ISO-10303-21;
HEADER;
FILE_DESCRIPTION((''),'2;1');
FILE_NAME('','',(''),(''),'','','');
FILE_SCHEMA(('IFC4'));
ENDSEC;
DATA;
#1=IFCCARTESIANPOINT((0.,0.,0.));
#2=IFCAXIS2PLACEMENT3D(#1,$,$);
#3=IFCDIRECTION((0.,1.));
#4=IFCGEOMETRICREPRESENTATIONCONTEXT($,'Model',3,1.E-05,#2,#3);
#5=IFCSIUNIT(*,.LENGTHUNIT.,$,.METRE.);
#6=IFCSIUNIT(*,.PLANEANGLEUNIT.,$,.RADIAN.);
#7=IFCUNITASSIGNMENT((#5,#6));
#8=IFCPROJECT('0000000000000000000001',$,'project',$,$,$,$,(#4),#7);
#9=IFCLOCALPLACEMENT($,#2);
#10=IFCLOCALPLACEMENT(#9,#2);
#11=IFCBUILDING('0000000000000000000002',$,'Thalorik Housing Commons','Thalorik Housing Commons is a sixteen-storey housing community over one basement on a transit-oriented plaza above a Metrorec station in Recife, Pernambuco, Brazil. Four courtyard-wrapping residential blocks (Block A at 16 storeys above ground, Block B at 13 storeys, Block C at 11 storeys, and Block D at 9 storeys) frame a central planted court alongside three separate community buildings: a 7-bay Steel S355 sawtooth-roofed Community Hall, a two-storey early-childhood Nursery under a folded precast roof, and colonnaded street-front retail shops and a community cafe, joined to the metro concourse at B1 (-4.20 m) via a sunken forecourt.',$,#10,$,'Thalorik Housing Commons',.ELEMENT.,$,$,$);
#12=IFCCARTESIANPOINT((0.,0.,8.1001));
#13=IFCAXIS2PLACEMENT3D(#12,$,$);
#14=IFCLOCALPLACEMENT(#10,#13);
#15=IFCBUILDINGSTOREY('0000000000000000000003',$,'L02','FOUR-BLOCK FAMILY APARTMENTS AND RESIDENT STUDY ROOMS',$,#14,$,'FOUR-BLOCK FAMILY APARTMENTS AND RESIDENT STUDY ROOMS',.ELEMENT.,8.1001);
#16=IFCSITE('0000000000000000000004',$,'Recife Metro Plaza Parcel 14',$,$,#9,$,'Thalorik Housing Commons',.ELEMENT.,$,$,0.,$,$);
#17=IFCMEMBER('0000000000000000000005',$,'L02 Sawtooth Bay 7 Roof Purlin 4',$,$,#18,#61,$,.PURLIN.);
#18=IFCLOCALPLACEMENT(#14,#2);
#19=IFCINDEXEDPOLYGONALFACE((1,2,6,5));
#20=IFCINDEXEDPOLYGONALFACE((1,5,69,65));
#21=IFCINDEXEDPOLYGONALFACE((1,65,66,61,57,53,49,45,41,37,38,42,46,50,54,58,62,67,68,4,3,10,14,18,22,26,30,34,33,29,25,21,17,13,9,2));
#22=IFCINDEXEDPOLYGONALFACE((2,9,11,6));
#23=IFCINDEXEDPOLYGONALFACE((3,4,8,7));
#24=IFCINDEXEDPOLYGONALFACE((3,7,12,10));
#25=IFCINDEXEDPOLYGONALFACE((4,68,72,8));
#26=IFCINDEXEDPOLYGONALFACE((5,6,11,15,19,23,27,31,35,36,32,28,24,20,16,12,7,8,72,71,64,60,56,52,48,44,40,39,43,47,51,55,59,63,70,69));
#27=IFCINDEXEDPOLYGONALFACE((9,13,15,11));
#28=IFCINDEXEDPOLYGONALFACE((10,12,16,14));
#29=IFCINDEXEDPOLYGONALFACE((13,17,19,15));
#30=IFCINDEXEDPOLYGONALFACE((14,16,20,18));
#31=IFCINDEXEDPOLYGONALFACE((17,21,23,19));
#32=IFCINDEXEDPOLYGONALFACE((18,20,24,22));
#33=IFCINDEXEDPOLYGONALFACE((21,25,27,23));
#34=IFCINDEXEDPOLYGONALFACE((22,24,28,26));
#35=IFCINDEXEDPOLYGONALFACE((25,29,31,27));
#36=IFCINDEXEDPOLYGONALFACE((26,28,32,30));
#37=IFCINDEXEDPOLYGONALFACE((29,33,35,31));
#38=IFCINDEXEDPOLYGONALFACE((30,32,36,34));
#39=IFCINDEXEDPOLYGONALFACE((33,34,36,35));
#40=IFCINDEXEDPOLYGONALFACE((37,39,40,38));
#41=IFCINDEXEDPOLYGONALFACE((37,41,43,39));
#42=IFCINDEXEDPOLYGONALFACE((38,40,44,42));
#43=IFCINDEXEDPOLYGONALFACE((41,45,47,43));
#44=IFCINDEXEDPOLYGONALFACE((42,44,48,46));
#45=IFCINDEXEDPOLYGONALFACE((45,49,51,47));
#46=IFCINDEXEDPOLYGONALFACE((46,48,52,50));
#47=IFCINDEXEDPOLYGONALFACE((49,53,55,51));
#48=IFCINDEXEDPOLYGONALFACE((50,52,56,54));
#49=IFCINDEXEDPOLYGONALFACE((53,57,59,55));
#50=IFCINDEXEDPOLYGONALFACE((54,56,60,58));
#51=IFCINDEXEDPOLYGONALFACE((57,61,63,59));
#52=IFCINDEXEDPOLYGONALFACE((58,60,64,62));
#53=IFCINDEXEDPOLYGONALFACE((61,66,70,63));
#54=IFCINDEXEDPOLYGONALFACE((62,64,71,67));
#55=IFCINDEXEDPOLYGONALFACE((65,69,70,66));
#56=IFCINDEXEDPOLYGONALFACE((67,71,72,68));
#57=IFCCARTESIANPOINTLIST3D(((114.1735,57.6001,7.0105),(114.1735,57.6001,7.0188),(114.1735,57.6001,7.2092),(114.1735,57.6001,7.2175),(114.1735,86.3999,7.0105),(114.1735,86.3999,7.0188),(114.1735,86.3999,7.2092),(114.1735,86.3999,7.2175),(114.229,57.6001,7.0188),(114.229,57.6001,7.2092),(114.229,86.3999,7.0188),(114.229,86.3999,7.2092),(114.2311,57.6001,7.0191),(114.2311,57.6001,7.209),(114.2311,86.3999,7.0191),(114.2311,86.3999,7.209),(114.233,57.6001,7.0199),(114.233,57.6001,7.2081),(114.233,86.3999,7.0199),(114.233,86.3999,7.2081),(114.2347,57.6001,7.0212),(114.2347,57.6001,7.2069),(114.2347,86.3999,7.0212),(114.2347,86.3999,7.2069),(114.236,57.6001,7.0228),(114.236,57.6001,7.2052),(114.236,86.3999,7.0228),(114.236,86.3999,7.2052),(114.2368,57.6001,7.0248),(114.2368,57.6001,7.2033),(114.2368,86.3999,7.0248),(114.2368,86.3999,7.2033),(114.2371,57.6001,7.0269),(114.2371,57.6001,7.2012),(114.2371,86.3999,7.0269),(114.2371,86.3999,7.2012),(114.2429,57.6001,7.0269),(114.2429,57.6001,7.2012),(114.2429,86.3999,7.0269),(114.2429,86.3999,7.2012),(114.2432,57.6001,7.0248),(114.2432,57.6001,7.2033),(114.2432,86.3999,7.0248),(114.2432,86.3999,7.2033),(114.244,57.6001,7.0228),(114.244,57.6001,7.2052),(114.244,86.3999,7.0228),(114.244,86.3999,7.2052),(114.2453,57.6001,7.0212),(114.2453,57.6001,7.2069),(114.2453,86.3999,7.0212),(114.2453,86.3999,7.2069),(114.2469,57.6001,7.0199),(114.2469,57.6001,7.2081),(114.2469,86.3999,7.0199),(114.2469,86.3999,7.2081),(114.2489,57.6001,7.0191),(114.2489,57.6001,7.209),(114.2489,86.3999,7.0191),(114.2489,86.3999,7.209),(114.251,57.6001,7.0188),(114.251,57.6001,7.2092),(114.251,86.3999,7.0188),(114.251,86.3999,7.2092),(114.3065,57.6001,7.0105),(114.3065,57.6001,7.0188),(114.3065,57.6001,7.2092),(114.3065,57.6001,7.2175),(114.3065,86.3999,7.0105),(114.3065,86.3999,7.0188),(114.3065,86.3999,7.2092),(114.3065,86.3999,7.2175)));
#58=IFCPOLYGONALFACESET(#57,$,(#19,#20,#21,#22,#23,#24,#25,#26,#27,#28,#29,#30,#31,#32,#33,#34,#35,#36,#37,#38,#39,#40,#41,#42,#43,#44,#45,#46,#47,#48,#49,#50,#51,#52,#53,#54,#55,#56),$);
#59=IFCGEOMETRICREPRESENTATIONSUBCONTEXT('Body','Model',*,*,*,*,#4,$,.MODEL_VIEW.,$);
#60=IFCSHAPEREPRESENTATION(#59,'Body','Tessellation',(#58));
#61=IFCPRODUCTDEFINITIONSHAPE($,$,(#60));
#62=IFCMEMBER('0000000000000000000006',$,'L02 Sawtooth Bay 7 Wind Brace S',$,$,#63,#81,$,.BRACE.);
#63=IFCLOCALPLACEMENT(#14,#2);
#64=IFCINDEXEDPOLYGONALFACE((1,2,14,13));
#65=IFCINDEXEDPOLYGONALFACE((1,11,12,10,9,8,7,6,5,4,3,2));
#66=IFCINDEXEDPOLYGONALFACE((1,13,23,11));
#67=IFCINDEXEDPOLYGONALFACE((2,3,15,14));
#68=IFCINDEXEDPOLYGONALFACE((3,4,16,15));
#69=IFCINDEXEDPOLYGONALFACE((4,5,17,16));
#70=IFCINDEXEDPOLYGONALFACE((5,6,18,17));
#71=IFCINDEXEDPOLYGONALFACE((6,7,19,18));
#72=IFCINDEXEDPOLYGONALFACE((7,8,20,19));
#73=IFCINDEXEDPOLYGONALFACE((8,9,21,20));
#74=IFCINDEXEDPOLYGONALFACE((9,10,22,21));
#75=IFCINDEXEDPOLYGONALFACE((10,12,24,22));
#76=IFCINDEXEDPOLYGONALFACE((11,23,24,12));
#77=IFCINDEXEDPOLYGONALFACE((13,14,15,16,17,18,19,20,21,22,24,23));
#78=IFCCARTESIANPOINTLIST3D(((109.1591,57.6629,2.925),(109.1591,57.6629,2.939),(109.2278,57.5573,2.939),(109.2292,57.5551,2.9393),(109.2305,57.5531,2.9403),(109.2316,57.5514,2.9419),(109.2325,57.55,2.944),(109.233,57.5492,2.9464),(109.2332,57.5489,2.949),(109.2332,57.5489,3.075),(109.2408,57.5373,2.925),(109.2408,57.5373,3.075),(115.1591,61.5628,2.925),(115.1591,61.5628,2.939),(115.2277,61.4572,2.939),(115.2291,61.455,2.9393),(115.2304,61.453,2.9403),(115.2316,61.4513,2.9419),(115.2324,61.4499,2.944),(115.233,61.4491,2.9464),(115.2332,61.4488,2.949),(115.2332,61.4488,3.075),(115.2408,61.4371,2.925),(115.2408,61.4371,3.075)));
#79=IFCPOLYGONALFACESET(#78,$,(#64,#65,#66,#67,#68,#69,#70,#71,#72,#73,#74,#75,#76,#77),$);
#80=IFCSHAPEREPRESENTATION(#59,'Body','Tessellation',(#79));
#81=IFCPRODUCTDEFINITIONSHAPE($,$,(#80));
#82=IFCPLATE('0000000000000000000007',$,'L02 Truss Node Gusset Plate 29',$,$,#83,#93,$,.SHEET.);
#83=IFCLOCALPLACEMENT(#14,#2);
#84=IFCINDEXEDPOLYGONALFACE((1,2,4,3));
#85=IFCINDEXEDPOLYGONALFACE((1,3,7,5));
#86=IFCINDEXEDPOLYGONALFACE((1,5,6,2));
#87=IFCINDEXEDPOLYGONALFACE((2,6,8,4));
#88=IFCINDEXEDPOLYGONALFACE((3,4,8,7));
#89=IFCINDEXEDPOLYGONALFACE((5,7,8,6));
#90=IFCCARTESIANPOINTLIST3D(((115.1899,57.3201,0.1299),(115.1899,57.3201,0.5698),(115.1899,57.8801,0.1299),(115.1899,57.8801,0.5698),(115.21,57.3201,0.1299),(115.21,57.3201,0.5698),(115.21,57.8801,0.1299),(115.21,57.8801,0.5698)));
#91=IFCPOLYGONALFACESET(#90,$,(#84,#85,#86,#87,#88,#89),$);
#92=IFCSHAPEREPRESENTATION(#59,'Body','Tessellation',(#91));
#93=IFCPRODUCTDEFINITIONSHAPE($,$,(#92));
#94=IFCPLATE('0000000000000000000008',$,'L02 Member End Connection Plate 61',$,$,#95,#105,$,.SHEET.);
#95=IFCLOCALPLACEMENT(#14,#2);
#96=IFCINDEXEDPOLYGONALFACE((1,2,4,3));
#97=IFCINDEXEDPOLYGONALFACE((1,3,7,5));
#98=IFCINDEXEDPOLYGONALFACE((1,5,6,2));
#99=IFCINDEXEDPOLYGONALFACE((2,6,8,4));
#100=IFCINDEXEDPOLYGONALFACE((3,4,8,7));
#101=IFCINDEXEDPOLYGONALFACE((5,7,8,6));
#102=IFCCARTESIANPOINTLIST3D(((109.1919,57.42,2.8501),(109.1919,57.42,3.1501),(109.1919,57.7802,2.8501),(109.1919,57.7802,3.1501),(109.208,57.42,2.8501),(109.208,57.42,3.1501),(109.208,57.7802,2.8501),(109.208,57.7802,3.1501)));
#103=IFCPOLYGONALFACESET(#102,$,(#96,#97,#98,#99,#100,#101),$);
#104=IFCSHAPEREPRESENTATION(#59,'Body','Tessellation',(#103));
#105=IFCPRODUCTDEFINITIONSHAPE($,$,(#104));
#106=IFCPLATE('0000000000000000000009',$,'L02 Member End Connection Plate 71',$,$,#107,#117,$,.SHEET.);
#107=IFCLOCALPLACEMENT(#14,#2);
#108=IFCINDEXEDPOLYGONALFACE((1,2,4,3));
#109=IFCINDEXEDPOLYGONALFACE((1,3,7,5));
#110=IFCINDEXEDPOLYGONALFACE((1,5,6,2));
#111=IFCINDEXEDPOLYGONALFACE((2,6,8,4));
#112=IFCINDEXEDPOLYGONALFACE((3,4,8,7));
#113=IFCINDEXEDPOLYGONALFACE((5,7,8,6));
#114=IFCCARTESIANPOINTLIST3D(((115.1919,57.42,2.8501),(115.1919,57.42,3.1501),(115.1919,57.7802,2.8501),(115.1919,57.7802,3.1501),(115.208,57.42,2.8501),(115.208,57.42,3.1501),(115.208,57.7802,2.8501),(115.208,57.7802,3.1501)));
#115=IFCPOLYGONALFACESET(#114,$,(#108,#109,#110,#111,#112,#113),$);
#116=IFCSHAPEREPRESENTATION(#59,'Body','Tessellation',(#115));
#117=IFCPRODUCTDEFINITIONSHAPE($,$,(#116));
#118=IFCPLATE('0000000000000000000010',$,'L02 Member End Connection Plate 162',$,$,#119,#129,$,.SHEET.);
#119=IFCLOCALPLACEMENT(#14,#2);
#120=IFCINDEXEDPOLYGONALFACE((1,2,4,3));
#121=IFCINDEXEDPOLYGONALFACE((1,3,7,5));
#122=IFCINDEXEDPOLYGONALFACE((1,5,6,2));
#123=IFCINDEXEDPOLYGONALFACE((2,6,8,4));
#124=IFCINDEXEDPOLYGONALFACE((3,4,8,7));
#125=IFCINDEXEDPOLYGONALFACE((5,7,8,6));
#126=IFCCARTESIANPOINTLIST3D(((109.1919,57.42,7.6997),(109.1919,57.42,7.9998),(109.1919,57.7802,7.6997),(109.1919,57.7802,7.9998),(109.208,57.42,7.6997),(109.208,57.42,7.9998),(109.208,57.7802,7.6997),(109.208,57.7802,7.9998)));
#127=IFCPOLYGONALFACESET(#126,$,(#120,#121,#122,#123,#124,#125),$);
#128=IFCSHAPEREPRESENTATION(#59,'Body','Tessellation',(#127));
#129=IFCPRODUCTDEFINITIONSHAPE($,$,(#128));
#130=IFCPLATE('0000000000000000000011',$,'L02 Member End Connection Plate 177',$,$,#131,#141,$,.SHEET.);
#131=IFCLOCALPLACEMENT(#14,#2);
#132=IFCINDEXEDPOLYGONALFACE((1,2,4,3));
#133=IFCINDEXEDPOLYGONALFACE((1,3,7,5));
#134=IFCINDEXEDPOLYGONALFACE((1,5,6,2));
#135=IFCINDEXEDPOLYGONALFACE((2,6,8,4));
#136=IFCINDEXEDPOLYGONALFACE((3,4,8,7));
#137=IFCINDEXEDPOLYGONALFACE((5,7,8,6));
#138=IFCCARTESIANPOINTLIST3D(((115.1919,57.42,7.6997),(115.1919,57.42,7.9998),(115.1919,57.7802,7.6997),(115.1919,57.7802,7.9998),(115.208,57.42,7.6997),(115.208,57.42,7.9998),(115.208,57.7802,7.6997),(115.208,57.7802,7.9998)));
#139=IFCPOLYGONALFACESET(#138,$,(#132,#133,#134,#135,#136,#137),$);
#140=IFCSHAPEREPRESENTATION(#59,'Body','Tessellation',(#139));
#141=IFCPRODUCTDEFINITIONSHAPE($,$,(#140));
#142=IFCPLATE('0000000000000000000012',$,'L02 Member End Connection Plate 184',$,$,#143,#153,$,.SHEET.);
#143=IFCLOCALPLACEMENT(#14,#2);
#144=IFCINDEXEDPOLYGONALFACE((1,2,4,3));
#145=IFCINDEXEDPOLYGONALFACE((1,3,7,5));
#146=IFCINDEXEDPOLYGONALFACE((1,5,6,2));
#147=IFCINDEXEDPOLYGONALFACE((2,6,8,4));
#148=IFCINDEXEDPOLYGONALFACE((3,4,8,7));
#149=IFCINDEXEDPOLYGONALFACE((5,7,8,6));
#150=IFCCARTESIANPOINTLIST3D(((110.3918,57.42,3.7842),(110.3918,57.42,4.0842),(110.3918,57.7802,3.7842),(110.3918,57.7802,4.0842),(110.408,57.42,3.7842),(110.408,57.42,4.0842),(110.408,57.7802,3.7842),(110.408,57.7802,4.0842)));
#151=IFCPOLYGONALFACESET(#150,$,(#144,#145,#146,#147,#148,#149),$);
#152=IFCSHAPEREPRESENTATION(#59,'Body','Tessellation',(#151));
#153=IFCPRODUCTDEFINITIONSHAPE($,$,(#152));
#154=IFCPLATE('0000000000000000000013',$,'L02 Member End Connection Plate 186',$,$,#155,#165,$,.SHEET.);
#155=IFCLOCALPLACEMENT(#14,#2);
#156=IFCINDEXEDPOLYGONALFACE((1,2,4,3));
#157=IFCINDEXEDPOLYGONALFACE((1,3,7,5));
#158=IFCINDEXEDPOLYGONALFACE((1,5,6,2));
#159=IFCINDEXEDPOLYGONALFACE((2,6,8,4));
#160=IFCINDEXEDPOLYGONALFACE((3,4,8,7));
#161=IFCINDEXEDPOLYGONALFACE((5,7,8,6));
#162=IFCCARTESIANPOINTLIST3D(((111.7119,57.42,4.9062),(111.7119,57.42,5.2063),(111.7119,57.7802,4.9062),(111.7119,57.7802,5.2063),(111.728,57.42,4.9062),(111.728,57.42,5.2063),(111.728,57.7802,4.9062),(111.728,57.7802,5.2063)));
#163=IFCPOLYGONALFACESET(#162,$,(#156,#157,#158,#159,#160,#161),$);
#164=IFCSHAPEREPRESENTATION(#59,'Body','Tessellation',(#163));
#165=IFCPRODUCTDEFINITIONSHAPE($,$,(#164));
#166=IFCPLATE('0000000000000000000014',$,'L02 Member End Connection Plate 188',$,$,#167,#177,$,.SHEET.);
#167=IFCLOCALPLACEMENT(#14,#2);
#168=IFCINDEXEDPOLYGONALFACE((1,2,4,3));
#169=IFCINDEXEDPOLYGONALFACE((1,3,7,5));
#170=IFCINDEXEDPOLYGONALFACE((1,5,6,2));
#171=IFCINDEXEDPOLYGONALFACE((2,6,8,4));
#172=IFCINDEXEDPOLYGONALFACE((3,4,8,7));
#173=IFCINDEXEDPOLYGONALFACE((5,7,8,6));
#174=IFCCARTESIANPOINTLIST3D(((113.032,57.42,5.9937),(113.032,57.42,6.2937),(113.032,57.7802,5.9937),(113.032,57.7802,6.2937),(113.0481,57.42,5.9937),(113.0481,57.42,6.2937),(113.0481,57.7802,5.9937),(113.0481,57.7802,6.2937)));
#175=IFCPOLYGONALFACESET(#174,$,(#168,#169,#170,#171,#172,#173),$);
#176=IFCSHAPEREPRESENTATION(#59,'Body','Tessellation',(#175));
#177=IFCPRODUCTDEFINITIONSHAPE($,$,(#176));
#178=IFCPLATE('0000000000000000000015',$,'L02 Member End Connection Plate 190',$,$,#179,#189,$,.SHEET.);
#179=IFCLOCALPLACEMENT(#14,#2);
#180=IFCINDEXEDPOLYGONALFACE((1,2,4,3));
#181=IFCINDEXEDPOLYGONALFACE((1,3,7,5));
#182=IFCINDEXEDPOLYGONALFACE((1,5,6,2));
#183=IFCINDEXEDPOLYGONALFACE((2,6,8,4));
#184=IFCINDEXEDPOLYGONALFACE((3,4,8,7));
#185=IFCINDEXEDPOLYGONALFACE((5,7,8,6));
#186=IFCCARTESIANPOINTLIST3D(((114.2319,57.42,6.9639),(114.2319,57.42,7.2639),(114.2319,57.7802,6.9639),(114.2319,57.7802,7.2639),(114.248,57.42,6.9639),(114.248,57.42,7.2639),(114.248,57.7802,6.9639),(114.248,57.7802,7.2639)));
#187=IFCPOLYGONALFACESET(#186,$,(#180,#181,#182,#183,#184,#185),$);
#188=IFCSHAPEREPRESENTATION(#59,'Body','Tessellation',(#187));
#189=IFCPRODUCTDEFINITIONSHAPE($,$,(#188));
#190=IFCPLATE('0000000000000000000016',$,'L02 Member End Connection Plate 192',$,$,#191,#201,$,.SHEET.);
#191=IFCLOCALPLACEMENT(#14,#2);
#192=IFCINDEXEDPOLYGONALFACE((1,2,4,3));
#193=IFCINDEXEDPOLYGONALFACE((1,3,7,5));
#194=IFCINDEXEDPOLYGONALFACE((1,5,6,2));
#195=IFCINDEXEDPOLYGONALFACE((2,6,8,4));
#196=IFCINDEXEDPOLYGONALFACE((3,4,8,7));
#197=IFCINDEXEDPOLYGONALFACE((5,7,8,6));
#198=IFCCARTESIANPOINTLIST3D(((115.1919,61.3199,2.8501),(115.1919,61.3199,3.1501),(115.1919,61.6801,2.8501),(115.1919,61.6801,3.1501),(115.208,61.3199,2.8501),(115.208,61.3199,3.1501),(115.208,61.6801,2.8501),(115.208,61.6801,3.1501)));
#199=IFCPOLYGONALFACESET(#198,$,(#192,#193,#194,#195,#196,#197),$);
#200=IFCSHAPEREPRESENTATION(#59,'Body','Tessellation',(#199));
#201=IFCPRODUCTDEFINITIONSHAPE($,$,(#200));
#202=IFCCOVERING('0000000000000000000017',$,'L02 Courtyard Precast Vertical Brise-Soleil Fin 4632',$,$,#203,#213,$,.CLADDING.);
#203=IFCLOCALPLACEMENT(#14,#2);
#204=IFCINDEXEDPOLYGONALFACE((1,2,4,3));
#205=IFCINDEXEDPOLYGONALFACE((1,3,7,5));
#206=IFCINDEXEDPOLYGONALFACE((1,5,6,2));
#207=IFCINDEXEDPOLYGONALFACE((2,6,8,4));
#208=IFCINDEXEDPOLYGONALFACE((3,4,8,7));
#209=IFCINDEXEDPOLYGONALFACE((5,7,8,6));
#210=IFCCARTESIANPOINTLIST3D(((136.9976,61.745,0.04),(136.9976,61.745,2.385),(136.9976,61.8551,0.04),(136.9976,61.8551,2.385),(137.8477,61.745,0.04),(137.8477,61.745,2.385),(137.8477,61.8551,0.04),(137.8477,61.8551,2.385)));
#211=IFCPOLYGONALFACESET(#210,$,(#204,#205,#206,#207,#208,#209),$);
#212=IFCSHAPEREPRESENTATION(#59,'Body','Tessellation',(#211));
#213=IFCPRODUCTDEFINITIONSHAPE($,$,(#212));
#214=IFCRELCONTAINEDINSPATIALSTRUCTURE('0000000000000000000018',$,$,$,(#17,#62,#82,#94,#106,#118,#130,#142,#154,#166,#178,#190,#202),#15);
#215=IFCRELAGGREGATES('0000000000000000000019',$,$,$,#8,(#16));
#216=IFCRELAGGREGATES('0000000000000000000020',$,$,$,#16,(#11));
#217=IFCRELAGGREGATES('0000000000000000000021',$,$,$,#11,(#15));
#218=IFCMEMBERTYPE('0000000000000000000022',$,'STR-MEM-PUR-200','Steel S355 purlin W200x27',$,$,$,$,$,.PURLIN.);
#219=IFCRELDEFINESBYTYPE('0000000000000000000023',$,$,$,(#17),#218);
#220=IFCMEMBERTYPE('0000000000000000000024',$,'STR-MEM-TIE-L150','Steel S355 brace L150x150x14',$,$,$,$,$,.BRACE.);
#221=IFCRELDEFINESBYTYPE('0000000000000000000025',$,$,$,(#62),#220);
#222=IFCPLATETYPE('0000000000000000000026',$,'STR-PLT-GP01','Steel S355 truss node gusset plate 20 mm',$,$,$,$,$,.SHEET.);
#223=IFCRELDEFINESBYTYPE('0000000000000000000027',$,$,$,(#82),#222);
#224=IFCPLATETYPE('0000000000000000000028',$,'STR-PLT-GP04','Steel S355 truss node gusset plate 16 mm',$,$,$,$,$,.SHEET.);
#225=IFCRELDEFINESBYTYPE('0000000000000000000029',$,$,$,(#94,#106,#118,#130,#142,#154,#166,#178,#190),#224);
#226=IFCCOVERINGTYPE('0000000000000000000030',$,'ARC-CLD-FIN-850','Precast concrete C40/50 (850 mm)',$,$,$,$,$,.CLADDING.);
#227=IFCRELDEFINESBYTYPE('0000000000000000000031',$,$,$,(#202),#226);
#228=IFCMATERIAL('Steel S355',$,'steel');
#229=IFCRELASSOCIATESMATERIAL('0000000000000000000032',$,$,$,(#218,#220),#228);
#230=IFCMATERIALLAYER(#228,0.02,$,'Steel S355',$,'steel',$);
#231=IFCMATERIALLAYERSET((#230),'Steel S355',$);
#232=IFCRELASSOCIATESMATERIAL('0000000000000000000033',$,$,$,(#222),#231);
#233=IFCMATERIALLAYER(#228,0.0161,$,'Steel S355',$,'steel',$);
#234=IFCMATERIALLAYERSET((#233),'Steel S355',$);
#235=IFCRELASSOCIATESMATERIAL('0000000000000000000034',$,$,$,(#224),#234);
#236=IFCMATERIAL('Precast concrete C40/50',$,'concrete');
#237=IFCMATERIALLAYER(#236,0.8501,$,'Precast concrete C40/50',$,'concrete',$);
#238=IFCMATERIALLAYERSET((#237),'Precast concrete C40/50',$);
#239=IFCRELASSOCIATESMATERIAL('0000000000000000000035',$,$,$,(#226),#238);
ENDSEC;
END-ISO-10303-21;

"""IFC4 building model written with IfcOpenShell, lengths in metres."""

from ifc_helpers import new_model, si_unit, direction, frame, origin, origin_2d, place, context, subcontext, project, spatial, rectangle, i_section, l_section, extrude, material, layer, layer_set, material_profile, profile_set, type_object, element, save


model = new_model("IFC4")

# Units and contexts
model_context = context("Model", 3, precision=1e-05, world=origin(), true_north=direction((0.0, 1.0)))
body_context = subcontext(model_context, "Body", "Model", "MODEL_VIEW")
ifc_project = project(units=[si_unit("LENGTHUNIT", "METRE"), si_unit("PLANEANGLEUNIT", "RADIAN")], contexts=[model_context])

# Site, building, storey
site_placement = place(None, origin())
site = spatial("IfcSite", under=ifc_project, at=site_placement, Name="Recife Metro Plaza Parcel 14", LongName="Thalorik Housing Commons", CompositionType="ELEMENT", RefElevation=0.0)
building_placement = place(site_placement, origin())
building = spatial("IfcBuilding", under=site, at=building_placement, Name="Thalorik Housing Commons", Description="Thalorik Housing Commons is a sixteen-storey housing community over one basement on a transit-oriented plaza above a Metrorec station in Recife, Pernambuco, Brazil. Four courtyard-wrapping residential blocks (Block A at 16 storeys above ground, Block B at 13 storeys, Block C at 11 storeys, and Block D at 9 storeys) frame a central planted court alongside three separate community buildings: a 7-bay Steel S355 sawtooth-roofed Community Hall, a two-storey early-childhood Nursery under a folded precast roof, and colonnaded street-front retail shops and a community cafe, joined to the metro concourse at B1 (-4.20 m) via a sunken forecourt.", LongName="Thalorik Housing Commons", CompositionType="ELEMENT")
storey_placement = place(building_placement, frame((0.0, 0.0, 8.1001)))
storey = spatial("IfcBuildingStorey", under=building, at=storey_placement, Name="L02", Description="FOUR-BLOCK FAMILY APARTMENTS AND RESIDENT STUDY ROOMS", LongName="FOUR-BLOCK FAMILY APARTMENTS AND RESIDENT STUDY ROOMS", CompositionType="ELEMENT", Elevation=8.1001)

# Shared definitions
ifc_material_1 = material(Name="Steel S355", Category="steel")

# Members
ifc_material_profile_1 = material_profile(ifc_material_1, i_section(OverallWidth=0.1331, OverallDepth=0.207, WebThickness=0.0059, FlangeThickness=0.0083, FilletRadius=0.0081, at=origin_2d()), Name="W200x27", Category="steel")
ifc_profile_set_1 = profile_set([ifc_material_profile_1], Name="Steel S355")
member_type_1 = type_object("IfcMemberType", Name="STR-MEM-PUR-200", Description="Steel S355 purlin W200x27", PredefinedType="PURLIN", material=ifc_profile_set_1)
for number, where, z_axis, x_axis, name in (
    (1, (114.24, 57.6001, 7.114), (0.0, 1.0, 0.0), (-1.0, 0.0, 0.0), "L02 Sawtooth Bay 7 Roof Purlin 4"),
):
    element("IfcMember", number, at=place(storey_placement, frame(where, z_axis=z_axis, x_axis=x_axis)), inside=storey, type_object=member_type_1, Name=name, PredefinedType="PURLIN", context=body_context, shape_type="SweptSolid", body=[
        extrude(i_section(OverallWidth=0.1331, OverallDepth=0.207, WebThickness=0.0059, FlangeThickness=0.0083, FilletRadius=0.0081, at=origin_2d()), origin(), (0.0, 0.0, 1.0), 28.7998),
    ])
ifc_material_profile_2 = material_profile(ifc_material_1, l_section(Depth=0.1499, Width=0.1499, Thickness=0.0139, FilletRadius=0.01, at=origin_2d()), Name="L150x150x14", Category="steel")
ifc_profile_set_2 = profile_set([ifc_material_profile_2], Name="Steel S355")
member_type_2 = type_object("IfcMemberType", Name="STR-MEM-TIE-L150", Description="Steel S355 brace L150x150x14", PredefinedType="BRACE", material=ifc_profile_set_2)
member_1_placement = place(storey_placement, frame((109.2, 57.6001, 3.0), z_axis=(0.83845, 0.544979, 0.0), x_axis=(-0.544979, 0.83845, 0.0)))
element("IfcMember", 2, at=member_1_placement, inside=storey, type_object=member_type_2, Name="L02 Sawtooth Bay 7 Wind Brace S", PredefinedType="BRACE", context=body_context, shape_type="SweptSolid", body=[
    extrude(l_section(Depth=0.1499, Width=0.1499, Thickness=0.0139, FilletRadius=0.01, at=origin_2d()), origin(), (0.0, 0.0, 1.0), 7.156),
])

# Plates
ifc_layer_1 = layer(ifc_material_1, 0.02, Name="Steel S355", Category="steel")
ifc_layer_set_1 = layer_set([ifc_layer_1], Name="Steel S355")
plate_type_1 = type_object("IfcPlateType", Name="STR-PLT-GP01", Description="Steel S355 truss node gusset plate 20 mm", PredefinedType="SHEET", material=ifc_layer_set_1)
plate_placement = place(storey_placement, frame((115.2, 57.6001, 0.1299), z_axis=(0.0, 0.0, 1.0), x_axis=(1.0, 0.0, 0.0)))
element("IfcPlate", 3, at=plate_placement, inside=storey, type_object=plate_type_1, Name="L02 Truss Node Gusset Plate 29", PredefinedType="SHEET", context=body_context, shape_type="SweptSolid", body=[
    extrude(rectangle(XDim=0.02, YDim=0.5601, at=origin_2d()), origin(), (0.0, 0.0, 1.0), 0.4399),
])
ifc_layer_2 = layer(ifc_material_1, 0.0161, Name="Steel S355", Category="steel")
ifc_layer_set_2 = layer_set([ifc_layer_2], Name="Steel S355")
plate_type_2 = type_object("IfcPlateType", Name="STR-PLT-GP04", Description="Steel S355 truss node gusset plate 16 mm", PredefinedType="SHEET", material=ifc_layer_set_2)
for number, where, z_axis, x_axis, name in (
    (4, (109.2, 57.6001, 2.8501), (0.0, 0.0, 1.0), (1.0, 0.0, 0.0), "L02 Member End Connection Plate 61"),
    (5, (115.2, 57.6001, 2.8501), (0.0, 0.0, 1.0), (1.0, 0.0, 0.0), "L02 Member End Connection Plate 71"),
    (6, (109.2, 57.6001, 7.6997), (0.0, 0.0, 1.0), (1.0, 0.0, 0.0), "L02 Member End Connection Plate 162"),
    (7, (115.2, 57.6001, 7.6997), (0.0, 0.0, 1.0), (1.0, 0.0, 0.0), "L02 Member End Connection Plate 177"),
    (8, (110.3999, 57.6001, 3.7842), (0.0, 0.0, 1.0), (1.0, 0.0, 0.0), "L02 Member End Connection Plate 184"),
    (9, (111.72, 57.6001, 4.9062), (0.0, 0.0, 1.0), (1.0, 0.0, 0.0), "L02 Member End Connection Plate 186"),
    (10, (113.04, 57.6001, 5.9937), (0.0, 0.0, 1.0), (1.0, 0.0, 0.0), "L02 Member End Connection Plate 188"),
    (11, (114.24, 57.6001, 6.9639), (0.0, 0.0, 1.0), (1.0, 0.0, 0.0), "L02 Member End Connection Plate 190"),
    (12, (115.2, 61.5, 2.8501), (0.0, 0.0, 1.0), (1.0, 0.0, 0.0), "L02 Member End Connection Plate 192"),
):
    element("IfcPlate", number, at=place(storey_placement, frame(where, z_axis=z_axis, x_axis=x_axis)), inside=storey, type_object=plate_type_2, Name=name, PredefinedType="SHEET", context=body_context, shape_type="SweptSolid", body=[
        extrude(rectangle(XDim=0.0161, YDim=0.3601, at=origin_2d()), origin(), (0.0, 0.0, 1.0), 0.3),
    ])

# Covering
ifc_material_2 = material(Name="Precast concrete C40/50", Category="concrete")
ifc_layer_3 = layer(ifc_material_2, 0.8501, Name="Precast concrete C40/50", Category="concrete")
ifc_layer_set_3 = layer_set([ifc_layer_3], Name="Precast concrete C40/50")
covering_type = type_object("IfcCoveringType", Name="ARC-CLD-FIN-850", Description="Precast concrete C40/50 (850 mm)", PredefinedType="CLADDING", material=ifc_layer_set_3)
for number, where, z_axis, x_axis, name in (
    (13, (137.4226, 61.8, 0.04), (0.0, 0.0, 1.0), (0.0, -1.0, 0.0), "L02 Courtyard Precast Vertical Brise-Soleil Fin 4632"),
):
    element("IfcCovering", number, at=place(storey_placement, frame(where, z_axis=z_axis, x_axis=x_axis)), inside=storey, type_object=covering_type, Name=name, PredefinedType="CLADDING", context=body_context, shape_type="SweptSolid", body=[
        extrude(rectangle(XDim=0.1101, YDim=0.8501, at=origin_2d()), origin(), (0.0, 0.0, 1.0), 2.345),
    ])

save(model, "model.ifc")
